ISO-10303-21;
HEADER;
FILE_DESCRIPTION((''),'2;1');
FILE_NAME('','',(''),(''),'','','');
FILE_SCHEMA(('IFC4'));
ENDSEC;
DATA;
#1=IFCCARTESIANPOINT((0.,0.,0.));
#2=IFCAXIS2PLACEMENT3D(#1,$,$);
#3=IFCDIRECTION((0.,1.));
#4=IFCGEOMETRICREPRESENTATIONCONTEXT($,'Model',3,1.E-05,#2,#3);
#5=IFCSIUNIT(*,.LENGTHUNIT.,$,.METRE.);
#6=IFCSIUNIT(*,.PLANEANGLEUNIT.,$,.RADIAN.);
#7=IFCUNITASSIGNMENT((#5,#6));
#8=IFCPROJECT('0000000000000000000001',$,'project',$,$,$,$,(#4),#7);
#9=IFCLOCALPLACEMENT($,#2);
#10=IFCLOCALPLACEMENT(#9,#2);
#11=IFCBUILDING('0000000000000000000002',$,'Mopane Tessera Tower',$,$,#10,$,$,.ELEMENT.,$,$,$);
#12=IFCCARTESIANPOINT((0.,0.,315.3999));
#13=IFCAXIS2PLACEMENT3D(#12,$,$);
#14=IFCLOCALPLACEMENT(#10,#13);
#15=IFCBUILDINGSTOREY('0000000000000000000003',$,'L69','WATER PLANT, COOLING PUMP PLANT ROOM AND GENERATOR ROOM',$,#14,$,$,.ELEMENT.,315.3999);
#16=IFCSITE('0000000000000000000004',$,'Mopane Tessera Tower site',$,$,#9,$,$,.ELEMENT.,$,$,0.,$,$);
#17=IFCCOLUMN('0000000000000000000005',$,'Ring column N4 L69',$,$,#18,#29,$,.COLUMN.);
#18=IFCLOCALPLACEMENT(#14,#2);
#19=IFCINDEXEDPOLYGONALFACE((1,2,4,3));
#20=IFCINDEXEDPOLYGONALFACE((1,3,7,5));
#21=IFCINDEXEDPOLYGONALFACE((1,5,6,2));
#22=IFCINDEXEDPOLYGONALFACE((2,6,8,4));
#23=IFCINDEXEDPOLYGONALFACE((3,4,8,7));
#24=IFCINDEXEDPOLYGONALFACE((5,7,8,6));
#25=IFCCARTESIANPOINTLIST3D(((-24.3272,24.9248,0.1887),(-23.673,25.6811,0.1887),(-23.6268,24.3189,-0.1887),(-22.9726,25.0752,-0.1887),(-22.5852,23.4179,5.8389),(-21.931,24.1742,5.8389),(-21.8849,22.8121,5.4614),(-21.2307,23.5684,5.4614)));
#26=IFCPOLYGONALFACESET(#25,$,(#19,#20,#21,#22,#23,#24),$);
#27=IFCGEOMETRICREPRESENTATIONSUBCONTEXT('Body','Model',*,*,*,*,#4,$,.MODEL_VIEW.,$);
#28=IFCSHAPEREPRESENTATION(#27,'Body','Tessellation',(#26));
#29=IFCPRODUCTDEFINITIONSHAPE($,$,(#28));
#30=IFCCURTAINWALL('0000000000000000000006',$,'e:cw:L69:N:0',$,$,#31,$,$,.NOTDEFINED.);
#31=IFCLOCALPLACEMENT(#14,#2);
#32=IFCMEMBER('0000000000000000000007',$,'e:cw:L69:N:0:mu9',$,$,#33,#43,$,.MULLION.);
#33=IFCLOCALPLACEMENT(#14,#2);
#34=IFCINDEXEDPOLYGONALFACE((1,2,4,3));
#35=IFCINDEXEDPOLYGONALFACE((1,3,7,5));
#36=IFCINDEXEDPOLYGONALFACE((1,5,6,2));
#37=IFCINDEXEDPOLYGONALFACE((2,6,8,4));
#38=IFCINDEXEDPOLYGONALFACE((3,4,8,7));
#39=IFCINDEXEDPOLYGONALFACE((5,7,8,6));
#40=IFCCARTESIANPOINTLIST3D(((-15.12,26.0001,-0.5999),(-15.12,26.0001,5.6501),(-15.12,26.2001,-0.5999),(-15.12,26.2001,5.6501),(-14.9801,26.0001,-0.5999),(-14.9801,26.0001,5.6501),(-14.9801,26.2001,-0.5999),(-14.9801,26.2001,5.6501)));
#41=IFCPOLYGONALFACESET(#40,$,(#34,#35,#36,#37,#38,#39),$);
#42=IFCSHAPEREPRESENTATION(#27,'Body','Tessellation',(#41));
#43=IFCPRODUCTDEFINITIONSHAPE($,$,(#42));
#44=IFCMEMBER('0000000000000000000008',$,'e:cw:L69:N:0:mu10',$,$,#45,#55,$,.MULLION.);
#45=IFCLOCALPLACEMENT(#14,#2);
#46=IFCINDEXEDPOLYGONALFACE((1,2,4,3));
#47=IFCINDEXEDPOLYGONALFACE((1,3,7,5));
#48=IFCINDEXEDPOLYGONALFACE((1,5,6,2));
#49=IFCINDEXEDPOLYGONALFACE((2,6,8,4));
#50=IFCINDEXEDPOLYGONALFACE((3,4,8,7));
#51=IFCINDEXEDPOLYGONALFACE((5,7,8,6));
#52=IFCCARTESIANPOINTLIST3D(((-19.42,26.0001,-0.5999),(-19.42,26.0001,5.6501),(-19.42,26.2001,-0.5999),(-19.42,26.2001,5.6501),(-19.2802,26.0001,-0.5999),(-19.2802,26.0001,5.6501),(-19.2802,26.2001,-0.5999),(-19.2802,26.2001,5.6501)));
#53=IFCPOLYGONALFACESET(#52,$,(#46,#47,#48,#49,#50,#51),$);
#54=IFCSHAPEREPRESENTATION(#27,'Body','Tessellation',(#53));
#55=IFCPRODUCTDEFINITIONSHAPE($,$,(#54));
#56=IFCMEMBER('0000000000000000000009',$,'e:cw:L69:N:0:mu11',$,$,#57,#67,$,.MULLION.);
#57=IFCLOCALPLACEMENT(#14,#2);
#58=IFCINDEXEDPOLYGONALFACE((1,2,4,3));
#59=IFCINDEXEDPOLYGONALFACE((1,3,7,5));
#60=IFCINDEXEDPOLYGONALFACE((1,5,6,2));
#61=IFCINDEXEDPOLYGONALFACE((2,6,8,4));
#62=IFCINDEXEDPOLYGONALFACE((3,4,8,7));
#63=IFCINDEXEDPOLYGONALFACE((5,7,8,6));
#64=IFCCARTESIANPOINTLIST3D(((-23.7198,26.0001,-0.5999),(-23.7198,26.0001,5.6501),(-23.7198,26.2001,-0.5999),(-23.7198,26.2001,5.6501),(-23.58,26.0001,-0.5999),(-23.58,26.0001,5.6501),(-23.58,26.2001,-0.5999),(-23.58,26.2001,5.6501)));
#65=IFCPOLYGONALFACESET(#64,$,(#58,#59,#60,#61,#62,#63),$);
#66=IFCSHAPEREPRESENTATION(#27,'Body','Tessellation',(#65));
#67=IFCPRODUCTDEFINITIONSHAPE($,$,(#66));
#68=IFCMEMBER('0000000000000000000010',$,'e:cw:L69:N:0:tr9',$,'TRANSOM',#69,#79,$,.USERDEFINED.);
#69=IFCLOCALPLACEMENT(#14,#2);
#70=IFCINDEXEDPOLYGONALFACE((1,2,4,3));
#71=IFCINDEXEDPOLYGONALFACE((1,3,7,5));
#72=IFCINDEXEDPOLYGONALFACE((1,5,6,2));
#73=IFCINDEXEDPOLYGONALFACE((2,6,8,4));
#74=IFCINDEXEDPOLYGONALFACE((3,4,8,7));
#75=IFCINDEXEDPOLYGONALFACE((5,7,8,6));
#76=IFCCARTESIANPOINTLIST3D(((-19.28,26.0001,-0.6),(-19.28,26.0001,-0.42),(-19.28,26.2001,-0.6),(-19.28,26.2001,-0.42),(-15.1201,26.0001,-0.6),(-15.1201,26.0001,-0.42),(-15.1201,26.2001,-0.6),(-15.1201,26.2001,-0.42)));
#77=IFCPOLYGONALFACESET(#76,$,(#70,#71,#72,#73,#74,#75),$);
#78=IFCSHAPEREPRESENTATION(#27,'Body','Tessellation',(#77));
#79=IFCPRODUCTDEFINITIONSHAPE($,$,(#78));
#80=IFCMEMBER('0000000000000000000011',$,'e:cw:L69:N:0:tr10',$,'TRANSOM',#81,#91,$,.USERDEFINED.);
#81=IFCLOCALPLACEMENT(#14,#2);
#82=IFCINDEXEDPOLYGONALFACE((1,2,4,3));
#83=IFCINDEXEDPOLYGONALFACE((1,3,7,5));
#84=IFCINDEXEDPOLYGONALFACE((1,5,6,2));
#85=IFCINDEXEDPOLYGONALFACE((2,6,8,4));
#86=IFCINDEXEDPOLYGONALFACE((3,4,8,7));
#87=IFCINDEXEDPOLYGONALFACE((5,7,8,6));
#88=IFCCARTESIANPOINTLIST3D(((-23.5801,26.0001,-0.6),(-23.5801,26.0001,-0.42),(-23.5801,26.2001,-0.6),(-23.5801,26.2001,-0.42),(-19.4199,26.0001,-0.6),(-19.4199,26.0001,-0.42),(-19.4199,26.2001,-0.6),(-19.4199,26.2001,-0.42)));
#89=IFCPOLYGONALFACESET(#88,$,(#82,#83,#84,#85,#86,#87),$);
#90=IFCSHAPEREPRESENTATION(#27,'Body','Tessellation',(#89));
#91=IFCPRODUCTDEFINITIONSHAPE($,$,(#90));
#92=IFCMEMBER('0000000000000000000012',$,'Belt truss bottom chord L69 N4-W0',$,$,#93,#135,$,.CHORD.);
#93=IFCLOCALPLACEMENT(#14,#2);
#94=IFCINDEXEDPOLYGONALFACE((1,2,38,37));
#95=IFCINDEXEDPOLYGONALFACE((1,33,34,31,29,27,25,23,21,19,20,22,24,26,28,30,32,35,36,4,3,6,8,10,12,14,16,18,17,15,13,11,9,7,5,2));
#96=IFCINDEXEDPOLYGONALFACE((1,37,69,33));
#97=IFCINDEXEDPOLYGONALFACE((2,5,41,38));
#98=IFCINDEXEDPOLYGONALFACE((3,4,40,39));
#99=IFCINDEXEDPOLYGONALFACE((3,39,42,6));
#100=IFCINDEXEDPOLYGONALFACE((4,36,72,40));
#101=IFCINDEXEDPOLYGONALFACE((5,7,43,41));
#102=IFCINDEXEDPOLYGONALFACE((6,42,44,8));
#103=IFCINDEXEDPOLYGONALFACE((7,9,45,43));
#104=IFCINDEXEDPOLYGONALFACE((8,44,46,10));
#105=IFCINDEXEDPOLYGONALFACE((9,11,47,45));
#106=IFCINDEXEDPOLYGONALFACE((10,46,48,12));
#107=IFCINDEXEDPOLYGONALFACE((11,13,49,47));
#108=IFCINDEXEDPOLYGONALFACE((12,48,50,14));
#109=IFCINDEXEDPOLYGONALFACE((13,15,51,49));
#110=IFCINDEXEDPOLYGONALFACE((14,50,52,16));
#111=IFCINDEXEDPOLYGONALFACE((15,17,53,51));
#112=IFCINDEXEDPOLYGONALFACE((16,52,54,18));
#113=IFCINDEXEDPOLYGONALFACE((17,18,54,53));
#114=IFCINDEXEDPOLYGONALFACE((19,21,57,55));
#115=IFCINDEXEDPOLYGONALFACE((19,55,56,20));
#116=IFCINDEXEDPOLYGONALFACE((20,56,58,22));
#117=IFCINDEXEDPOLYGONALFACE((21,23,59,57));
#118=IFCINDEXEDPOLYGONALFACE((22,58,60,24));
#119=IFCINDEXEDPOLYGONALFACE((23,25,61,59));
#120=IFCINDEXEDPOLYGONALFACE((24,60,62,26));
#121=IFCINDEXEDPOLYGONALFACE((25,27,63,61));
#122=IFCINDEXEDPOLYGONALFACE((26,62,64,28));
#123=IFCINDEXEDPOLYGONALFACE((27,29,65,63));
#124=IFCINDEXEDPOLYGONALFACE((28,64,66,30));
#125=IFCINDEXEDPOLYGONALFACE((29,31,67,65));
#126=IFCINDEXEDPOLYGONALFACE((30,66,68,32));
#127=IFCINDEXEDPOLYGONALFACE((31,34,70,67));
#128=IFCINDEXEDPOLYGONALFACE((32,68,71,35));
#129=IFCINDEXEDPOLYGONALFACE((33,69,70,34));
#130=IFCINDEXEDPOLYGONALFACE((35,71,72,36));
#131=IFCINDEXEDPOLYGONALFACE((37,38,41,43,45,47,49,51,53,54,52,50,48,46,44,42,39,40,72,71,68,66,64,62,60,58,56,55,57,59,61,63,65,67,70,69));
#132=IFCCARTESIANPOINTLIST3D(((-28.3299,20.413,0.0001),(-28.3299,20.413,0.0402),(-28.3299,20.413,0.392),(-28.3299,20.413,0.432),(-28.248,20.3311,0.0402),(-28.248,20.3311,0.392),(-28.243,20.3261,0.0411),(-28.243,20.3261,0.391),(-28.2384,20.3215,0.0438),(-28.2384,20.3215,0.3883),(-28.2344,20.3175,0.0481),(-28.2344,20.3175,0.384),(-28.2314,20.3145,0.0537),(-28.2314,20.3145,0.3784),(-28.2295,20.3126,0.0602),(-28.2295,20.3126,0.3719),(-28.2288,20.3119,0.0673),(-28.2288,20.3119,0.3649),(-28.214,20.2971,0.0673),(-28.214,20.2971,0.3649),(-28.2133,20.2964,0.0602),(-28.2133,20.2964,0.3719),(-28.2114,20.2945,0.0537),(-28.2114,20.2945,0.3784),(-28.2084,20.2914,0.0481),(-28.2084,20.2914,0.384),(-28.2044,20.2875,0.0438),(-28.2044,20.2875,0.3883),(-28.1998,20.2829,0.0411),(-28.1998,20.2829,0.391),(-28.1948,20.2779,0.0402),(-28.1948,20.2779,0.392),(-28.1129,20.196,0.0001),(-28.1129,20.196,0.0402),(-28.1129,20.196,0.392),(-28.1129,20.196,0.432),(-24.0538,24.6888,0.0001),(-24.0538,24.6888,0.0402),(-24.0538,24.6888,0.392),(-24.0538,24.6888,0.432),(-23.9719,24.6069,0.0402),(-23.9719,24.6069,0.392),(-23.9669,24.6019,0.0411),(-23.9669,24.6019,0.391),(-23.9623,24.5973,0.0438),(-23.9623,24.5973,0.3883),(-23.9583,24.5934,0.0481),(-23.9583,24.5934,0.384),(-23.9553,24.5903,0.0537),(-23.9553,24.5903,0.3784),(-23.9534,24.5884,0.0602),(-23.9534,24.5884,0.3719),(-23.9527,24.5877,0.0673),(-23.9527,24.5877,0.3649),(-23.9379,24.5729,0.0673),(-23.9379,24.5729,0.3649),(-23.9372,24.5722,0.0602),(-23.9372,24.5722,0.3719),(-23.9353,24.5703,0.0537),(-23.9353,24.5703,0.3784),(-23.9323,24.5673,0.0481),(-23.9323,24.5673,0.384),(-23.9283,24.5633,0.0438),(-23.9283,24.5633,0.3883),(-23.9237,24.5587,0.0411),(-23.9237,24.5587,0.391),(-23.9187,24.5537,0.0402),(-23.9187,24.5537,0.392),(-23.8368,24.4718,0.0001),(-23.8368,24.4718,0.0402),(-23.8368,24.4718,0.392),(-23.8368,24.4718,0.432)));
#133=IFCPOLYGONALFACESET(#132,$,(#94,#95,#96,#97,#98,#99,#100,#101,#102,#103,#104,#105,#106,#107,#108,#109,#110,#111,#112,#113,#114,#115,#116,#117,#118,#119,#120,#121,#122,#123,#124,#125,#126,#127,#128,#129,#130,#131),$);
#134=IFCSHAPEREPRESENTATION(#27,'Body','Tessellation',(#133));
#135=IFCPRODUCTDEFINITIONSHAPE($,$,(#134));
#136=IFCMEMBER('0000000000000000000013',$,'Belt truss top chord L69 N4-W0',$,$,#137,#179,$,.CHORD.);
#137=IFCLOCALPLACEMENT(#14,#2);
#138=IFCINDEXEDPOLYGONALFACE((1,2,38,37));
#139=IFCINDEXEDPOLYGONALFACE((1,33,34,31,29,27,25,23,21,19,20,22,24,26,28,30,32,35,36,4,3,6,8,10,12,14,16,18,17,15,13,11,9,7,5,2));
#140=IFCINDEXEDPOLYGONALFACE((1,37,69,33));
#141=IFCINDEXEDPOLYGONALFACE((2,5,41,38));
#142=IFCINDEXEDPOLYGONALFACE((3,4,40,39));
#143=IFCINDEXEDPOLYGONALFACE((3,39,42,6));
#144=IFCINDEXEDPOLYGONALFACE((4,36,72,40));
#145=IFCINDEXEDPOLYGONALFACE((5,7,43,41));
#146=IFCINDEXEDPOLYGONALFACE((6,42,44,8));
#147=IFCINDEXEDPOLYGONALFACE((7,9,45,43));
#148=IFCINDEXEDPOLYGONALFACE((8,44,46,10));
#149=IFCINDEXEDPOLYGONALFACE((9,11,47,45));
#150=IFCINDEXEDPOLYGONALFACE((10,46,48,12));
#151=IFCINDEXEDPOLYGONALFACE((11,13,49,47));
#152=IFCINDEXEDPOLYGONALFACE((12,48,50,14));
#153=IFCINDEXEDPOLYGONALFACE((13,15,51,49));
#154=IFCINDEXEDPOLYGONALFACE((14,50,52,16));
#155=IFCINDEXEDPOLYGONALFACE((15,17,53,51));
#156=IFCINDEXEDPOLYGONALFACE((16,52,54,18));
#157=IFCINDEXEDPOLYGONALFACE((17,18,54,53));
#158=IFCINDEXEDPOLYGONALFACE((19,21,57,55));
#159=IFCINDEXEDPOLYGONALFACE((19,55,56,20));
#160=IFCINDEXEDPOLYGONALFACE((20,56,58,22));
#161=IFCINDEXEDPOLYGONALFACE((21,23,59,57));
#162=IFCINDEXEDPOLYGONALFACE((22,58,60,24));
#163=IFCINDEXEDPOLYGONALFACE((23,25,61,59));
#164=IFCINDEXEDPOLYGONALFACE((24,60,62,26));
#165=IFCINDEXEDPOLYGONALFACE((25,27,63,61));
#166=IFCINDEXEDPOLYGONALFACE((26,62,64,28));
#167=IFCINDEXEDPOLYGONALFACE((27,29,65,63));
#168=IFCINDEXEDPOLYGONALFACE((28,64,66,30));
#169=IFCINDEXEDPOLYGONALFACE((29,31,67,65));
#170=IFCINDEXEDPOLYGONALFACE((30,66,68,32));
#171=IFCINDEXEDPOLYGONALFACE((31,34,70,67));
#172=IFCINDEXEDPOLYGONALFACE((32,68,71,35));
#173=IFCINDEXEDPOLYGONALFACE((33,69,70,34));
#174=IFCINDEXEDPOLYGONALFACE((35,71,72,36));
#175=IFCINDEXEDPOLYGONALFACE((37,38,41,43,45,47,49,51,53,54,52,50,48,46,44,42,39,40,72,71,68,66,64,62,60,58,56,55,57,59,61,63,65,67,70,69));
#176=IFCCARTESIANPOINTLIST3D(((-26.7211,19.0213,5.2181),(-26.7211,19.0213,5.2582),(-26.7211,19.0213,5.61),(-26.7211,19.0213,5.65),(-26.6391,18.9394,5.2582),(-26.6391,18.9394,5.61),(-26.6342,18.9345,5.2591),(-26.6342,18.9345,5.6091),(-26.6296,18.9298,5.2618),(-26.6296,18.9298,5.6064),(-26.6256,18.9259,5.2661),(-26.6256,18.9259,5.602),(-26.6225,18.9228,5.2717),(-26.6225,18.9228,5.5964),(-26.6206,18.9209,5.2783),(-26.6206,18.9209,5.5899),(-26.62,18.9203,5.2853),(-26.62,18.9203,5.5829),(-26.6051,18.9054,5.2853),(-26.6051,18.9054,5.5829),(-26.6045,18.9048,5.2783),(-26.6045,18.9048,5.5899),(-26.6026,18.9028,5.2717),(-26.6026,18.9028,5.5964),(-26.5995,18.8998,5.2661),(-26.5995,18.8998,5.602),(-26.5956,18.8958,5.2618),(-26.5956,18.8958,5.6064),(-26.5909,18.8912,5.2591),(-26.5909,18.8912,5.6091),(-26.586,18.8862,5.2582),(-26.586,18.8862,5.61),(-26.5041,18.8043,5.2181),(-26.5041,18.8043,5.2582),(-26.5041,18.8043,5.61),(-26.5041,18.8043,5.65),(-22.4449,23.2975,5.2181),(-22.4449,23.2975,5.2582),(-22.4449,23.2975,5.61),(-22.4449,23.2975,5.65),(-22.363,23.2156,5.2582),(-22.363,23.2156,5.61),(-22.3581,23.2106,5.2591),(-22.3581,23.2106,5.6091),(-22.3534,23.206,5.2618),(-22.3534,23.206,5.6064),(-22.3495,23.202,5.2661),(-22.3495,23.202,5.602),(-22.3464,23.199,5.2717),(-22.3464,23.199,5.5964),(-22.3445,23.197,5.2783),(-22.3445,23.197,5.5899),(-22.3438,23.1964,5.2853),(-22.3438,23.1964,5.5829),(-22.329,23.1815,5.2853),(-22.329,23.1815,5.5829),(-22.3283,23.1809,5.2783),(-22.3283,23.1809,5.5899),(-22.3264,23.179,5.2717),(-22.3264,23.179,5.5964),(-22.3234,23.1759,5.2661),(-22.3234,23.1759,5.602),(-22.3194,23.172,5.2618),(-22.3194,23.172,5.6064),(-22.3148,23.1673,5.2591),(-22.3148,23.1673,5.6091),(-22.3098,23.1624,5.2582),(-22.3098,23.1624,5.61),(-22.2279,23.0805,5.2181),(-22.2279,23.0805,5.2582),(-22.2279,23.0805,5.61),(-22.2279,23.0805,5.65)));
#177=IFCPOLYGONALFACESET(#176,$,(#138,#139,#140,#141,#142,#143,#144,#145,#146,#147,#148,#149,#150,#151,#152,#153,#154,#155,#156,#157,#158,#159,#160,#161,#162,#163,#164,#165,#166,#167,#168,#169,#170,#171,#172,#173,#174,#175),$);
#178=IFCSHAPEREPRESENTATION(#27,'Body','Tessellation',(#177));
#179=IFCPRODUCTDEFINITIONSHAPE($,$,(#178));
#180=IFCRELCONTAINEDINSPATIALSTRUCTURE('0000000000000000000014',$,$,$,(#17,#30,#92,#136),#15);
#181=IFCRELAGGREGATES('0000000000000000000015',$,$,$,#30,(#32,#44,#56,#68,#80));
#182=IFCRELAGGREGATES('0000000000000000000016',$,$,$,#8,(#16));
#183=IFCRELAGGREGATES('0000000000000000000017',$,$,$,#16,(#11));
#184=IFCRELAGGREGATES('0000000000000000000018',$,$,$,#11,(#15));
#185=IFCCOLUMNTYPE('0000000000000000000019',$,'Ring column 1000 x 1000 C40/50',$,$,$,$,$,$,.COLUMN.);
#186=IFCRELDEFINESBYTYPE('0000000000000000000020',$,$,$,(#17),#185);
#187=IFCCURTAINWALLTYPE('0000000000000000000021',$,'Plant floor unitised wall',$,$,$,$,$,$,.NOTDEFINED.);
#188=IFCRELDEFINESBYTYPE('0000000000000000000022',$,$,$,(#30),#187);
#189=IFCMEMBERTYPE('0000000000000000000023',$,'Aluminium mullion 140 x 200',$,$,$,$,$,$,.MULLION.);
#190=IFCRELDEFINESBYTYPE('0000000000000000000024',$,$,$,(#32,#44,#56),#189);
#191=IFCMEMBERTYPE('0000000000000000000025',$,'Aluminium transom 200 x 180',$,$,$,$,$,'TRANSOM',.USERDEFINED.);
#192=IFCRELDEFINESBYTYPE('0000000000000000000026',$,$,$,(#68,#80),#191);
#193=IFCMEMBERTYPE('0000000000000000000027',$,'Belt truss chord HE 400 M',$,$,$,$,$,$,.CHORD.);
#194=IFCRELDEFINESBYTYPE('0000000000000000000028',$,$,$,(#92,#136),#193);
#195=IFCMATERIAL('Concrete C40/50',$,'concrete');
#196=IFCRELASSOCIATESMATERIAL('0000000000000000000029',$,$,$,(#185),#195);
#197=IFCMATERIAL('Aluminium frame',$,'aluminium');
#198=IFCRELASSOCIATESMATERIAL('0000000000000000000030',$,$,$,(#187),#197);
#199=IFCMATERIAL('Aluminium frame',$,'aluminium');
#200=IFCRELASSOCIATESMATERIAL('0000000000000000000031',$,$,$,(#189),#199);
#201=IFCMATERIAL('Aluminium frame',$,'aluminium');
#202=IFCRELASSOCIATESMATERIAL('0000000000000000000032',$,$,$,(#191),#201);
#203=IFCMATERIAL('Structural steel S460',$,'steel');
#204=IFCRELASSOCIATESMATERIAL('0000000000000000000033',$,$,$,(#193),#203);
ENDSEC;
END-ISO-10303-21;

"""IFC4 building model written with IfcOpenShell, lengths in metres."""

from ifc_helpers import new_model, si_unit, direction, frame, origin, origin_2d, place, context, subcontext, project, spatial, rectangle, i_section, extrude, material, material_profile, profile_set, type_object, element, aggregate, save


model = new_model("IFC4")

# Units and contexts
model_context = context("Model", 3, precision=1e-05, world=origin(), true_north=direction((0.0, 1.0)))
body_context = subcontext(model_context, "Body", "Model", "MODEL_VIEW")
ifc_project = project(units=[si_unit("LENGTHUNIT", "METRE"), si_unit("PLANEANGLEUNIT", "RADIAN")], contexts=[model_context])

# Site, building, storey
site_placement = place(None, origin())
site = spatial("IfcSite", under=ifc_project, at=site_placement, Name="Mopane Tessera Tower site", CompositionType="ELEMENT", RefElevation=0.0)
building_placement = place(site_placement, origin())
building = spatial("IfcBuilding", under=site, at=building_placement, Name="Mopane Tessera Tower", CompositionType="ELEMENT")
storey_placement = place(building_placement, frame((0.0, 0.0, 315.3999)))
storey = spatial("IfcBuildingStorey", under=building, at=storey_placement, Name="L69", Description="WATER PLANT, COOLING PUMP PLANT ROOM AND GENERATOR ROOM", CompositionType="ELEMENT", Elevation=315.3999)

# Column
ifc_material_1 = material(Name="Concrete C40/50", Category="concrete")
ifc_material_profile_1 = material_profile(ifc_material_1, rectangle(XDim=1.0, YDim=1.0, at=origin_2d()))
ifc_profile_set_1 = profile_set([ifc_material_profile_1], Name="Concrete C40/50")
column_type = type_object("IfcColumnType", Name="Ring column 1000 x 1000 C40/50", PredefinedType="COLUMN", material=ifc_profile_set_1)
column_placement = place(storey_placement, frame((-23.6499, 25.0, 0.0), z_axis=(0.285491, -0.246959, 0.926016), x_axis=(0.654224, 0.756301, 0.0)))
element("IfcColumn", 1, at=column_placement, inside=storey, type_object=column_type, Name="Ring column N4 L69", PredefinedType="COLUMN", context=body_context, shape_type="SweptSolid", body=[
    extrude(rectangle(XDim=1.0, YDim=1.0, at=origin_2d()), origin(), (0.0, 0.0, 1.0), 6.1016),
])

# Curtain wall, members
ifc_material_2 = material(Name="Aluminium frame", Category="aluminium")
curtain_wall_type = type_object("IfcCurtainWallType", Name="Plant floor unitised wall", PredefinedType="NOTDEFINED", material=ifc_material_2)
curtain_wall_placement = place(storey_placement, origin())
curtain_wall = element("IfcCurtainWall", 2, at=curtain_wall_placement, inside=storey, type_object=curtain_wall_type, Name="e:cw:L69:N:0", PredefinedType="NOTDEFINED")
ifc_material_3 = material(Name="Aluminium frame", Category="aluminium")
ifc_material_profile_2 = material_profile(ifc_material_3, rectangle(XDim=0.1399, YDim=0.2, at=origin_2d()))
ifc_profile_set_2 = profile_set([ifc_material_profile_2], Name="Aluminium frame")
member_type_1 = type_object("IfcMemberType", Name="Aluminium mullion 140 x 200", PredefinedType="MULLION", material=ifc_profile_set_2)
member_1_placement = place(storey_placement, frame((-15.05, 26.1001, -0.5999), z_axis=(0.0, 0.0, 1.0), x_axis=(-1.0, 0.0, 0.0)))
member_1 = element("IfcMember", 3, at=member_1_placement, type_object=member_type_1, Name="e:cw:L69:N:0:mu9", PredefinedType="MULLION", context=body_context, shape_type="SweptSolid", body=[
    extrude(rectangle(XDim=0.1399, YDim=0.2, at=origin_2d()), origin(), (0.0, 0.0, 1.0), 6.25),
])
member_2_placement = place(storey_placement, frame((-19.3501, 26.1001, -0.5999), z_axis=(0.0, 0.0, 1.0), x_axis=(-1.0, 0.0, 0.0)))
member_2 = element("IfcMember", 4, at=member_2_placement, type_object=member_type_1, Name="e:cw:L69:N:0:mu10", PredefinedType="MULLION", context=body_context, shape_type="SweptSolid", body=[
    extrude(rectangle(XDim=0.1399, YDim=0.2, at=origin_2d()), origin(), (0.0, 0.0, 1.0), 6.25),
])
member_3_placement = place(storey_placement, frame((-23.6499, 26.1001, -0.5999), z_axis=(0.0, 0.0, 1.0), x_axis=(-1.0, 0.0, 0.0)))
member_3 = element("IfcMember", 5, at=member_3_placement, type_object=member_type_1, Name="e:cw:L69:N:0:mu11", PredefinedType="MULLION", context=body_context, shape_type="SweptSolid", body=[
    extrude(rectangle(XDim=0.1399, YDim=0.2, at=origin_2d()), origin(), (0.0, 0.0, 1.0), 6.25),
])
ifc_material_4 = material(Name="Aluminium frame", Category="aluminium")
ifc_material_profile_3 = material_profile(ifc_material_4, rectangle(XDim=0.2, YDim=0.1799, at=origin_2d()))
ifc_profile_set_3 = profile_set([ifc_material_profile_3], Name="Aluminium frame")
member_type_2 = type_object("IfcMemberType", Name="Aluminium transom 200 x 180", ElementType="TRANSOM", PredefinedType="USERDEFINED", material=ifc_profile_set_3)
member_4_placement = place(storey_placement, frame((-15.1201, 26.1001, -0.51), z_axis=(-1.0, 0.0, 0.0), x_axis=(0.0, -1.0, 0.0)))
member_4 = element("IfcMember", 6, at=member_4_placement, type_object=member_type_2, Name="e:cw:L69:N:0:tr9", ObjectType="TRANSOM", PredefinedType="USERDEFINED", context=body_context, shape_type="SweptSolid", body=[
    extrude(rectangle(XDim=0.2, YDim=0.1799, at=origin_2d()), origin(), (0.0, 0.0, 1.0), 4.1599),
])
member_5_placement = place(storey_placement, frame((-19.4199, 26.1001, -0.51), z_axis=(-1.0, 0.0, 0.0), x_axis=(0.0, -1.0, 0.0)))
member_5 = element("IfcMember", 7, at=member_5_placement, type_object=member_type_2, Name="e:cw:L69:N:0:tr10", ObjectType="TRANSOM", PredefinedType="USERDEFINED", context=body_context, shape_type="SweptSolid", body=[
    extrude(rectangle(XDim=0.2, YDim=0.1799, at=origin_2d()), origin(), (0.0, 0.0, 1.0), 4.1602),
])

# Members
ifc_material_5 = material(Name="Structural steel S460", Category="steel")
ifc_material_profile_4 = material_profile(ifc_material_5, i_section(OverallWidth=0.3069, OverallDepth=0.4319, WebThickness=0.021, FlangeThickness=0.04, FilletRadius=0.0271, at=origin_2d()))
ifc_profile_set_4 = profile_set([ifc_material_profile_4], Name="Structural steel S460")
member_type_3 = type_object("IfcMemberType", Name="Belt truss chord HE 400 M", PredefinedType="CHORD", material=ifc_profile_set_4)
member_6_placement = place(storey_placement, frame((-23.9453, 24.5803, 0.2161), z_axis=(-0.707127, -0.707087, 0.0), x_axis=(0.707087, -0.707127, 0.0)))
element("IfcMember", 8, at=member_6_placement, inside=storey, type_object=member_type_3, Name="Belt truss bottom chord L69 N4-W0", PredefinedType="CHORD", context=body_context, shape_type="SweptSolid", body=[
    extrude(i_section(OverallWidth=0.3069, OverallDepth=0.4319, WebThickness=0.021, FlangeThickness=0.04, FilletRadius=0.0271, at=origin_2d()), origin(), (0.0, 0.0, 1.0), 6.0471),
])
member_7_placement = place(storey_placement, frame((-22.3364, 23.189, 5.4341), z_axis=(-0.707107, -0.707107, 0.0), x_axis=(0.707107, -0.707107, 0.0)))
element("IfcMember", 9, at=member_7_placement, inside=storey, type_object=member_type_3, Name="Belt truss top chord L69 N4-W0", PredefinedType="CHORD", context=body_context, shape_type="SweptSolid", body=[
    extrude(i_section(OverallWidth=0.3069, OverallDepth=0.4319, WebThickness=0.021, FlangeThickness=0.04, FilletRadius=0.0271, at=origin_2d()), origin(), (0.0, 0.0, 1.0), 6.0474),
])

aggregate(curtain_wall, [member_1, member_2, member_3, member_4, member_5])

save(model, "model.ifc")
